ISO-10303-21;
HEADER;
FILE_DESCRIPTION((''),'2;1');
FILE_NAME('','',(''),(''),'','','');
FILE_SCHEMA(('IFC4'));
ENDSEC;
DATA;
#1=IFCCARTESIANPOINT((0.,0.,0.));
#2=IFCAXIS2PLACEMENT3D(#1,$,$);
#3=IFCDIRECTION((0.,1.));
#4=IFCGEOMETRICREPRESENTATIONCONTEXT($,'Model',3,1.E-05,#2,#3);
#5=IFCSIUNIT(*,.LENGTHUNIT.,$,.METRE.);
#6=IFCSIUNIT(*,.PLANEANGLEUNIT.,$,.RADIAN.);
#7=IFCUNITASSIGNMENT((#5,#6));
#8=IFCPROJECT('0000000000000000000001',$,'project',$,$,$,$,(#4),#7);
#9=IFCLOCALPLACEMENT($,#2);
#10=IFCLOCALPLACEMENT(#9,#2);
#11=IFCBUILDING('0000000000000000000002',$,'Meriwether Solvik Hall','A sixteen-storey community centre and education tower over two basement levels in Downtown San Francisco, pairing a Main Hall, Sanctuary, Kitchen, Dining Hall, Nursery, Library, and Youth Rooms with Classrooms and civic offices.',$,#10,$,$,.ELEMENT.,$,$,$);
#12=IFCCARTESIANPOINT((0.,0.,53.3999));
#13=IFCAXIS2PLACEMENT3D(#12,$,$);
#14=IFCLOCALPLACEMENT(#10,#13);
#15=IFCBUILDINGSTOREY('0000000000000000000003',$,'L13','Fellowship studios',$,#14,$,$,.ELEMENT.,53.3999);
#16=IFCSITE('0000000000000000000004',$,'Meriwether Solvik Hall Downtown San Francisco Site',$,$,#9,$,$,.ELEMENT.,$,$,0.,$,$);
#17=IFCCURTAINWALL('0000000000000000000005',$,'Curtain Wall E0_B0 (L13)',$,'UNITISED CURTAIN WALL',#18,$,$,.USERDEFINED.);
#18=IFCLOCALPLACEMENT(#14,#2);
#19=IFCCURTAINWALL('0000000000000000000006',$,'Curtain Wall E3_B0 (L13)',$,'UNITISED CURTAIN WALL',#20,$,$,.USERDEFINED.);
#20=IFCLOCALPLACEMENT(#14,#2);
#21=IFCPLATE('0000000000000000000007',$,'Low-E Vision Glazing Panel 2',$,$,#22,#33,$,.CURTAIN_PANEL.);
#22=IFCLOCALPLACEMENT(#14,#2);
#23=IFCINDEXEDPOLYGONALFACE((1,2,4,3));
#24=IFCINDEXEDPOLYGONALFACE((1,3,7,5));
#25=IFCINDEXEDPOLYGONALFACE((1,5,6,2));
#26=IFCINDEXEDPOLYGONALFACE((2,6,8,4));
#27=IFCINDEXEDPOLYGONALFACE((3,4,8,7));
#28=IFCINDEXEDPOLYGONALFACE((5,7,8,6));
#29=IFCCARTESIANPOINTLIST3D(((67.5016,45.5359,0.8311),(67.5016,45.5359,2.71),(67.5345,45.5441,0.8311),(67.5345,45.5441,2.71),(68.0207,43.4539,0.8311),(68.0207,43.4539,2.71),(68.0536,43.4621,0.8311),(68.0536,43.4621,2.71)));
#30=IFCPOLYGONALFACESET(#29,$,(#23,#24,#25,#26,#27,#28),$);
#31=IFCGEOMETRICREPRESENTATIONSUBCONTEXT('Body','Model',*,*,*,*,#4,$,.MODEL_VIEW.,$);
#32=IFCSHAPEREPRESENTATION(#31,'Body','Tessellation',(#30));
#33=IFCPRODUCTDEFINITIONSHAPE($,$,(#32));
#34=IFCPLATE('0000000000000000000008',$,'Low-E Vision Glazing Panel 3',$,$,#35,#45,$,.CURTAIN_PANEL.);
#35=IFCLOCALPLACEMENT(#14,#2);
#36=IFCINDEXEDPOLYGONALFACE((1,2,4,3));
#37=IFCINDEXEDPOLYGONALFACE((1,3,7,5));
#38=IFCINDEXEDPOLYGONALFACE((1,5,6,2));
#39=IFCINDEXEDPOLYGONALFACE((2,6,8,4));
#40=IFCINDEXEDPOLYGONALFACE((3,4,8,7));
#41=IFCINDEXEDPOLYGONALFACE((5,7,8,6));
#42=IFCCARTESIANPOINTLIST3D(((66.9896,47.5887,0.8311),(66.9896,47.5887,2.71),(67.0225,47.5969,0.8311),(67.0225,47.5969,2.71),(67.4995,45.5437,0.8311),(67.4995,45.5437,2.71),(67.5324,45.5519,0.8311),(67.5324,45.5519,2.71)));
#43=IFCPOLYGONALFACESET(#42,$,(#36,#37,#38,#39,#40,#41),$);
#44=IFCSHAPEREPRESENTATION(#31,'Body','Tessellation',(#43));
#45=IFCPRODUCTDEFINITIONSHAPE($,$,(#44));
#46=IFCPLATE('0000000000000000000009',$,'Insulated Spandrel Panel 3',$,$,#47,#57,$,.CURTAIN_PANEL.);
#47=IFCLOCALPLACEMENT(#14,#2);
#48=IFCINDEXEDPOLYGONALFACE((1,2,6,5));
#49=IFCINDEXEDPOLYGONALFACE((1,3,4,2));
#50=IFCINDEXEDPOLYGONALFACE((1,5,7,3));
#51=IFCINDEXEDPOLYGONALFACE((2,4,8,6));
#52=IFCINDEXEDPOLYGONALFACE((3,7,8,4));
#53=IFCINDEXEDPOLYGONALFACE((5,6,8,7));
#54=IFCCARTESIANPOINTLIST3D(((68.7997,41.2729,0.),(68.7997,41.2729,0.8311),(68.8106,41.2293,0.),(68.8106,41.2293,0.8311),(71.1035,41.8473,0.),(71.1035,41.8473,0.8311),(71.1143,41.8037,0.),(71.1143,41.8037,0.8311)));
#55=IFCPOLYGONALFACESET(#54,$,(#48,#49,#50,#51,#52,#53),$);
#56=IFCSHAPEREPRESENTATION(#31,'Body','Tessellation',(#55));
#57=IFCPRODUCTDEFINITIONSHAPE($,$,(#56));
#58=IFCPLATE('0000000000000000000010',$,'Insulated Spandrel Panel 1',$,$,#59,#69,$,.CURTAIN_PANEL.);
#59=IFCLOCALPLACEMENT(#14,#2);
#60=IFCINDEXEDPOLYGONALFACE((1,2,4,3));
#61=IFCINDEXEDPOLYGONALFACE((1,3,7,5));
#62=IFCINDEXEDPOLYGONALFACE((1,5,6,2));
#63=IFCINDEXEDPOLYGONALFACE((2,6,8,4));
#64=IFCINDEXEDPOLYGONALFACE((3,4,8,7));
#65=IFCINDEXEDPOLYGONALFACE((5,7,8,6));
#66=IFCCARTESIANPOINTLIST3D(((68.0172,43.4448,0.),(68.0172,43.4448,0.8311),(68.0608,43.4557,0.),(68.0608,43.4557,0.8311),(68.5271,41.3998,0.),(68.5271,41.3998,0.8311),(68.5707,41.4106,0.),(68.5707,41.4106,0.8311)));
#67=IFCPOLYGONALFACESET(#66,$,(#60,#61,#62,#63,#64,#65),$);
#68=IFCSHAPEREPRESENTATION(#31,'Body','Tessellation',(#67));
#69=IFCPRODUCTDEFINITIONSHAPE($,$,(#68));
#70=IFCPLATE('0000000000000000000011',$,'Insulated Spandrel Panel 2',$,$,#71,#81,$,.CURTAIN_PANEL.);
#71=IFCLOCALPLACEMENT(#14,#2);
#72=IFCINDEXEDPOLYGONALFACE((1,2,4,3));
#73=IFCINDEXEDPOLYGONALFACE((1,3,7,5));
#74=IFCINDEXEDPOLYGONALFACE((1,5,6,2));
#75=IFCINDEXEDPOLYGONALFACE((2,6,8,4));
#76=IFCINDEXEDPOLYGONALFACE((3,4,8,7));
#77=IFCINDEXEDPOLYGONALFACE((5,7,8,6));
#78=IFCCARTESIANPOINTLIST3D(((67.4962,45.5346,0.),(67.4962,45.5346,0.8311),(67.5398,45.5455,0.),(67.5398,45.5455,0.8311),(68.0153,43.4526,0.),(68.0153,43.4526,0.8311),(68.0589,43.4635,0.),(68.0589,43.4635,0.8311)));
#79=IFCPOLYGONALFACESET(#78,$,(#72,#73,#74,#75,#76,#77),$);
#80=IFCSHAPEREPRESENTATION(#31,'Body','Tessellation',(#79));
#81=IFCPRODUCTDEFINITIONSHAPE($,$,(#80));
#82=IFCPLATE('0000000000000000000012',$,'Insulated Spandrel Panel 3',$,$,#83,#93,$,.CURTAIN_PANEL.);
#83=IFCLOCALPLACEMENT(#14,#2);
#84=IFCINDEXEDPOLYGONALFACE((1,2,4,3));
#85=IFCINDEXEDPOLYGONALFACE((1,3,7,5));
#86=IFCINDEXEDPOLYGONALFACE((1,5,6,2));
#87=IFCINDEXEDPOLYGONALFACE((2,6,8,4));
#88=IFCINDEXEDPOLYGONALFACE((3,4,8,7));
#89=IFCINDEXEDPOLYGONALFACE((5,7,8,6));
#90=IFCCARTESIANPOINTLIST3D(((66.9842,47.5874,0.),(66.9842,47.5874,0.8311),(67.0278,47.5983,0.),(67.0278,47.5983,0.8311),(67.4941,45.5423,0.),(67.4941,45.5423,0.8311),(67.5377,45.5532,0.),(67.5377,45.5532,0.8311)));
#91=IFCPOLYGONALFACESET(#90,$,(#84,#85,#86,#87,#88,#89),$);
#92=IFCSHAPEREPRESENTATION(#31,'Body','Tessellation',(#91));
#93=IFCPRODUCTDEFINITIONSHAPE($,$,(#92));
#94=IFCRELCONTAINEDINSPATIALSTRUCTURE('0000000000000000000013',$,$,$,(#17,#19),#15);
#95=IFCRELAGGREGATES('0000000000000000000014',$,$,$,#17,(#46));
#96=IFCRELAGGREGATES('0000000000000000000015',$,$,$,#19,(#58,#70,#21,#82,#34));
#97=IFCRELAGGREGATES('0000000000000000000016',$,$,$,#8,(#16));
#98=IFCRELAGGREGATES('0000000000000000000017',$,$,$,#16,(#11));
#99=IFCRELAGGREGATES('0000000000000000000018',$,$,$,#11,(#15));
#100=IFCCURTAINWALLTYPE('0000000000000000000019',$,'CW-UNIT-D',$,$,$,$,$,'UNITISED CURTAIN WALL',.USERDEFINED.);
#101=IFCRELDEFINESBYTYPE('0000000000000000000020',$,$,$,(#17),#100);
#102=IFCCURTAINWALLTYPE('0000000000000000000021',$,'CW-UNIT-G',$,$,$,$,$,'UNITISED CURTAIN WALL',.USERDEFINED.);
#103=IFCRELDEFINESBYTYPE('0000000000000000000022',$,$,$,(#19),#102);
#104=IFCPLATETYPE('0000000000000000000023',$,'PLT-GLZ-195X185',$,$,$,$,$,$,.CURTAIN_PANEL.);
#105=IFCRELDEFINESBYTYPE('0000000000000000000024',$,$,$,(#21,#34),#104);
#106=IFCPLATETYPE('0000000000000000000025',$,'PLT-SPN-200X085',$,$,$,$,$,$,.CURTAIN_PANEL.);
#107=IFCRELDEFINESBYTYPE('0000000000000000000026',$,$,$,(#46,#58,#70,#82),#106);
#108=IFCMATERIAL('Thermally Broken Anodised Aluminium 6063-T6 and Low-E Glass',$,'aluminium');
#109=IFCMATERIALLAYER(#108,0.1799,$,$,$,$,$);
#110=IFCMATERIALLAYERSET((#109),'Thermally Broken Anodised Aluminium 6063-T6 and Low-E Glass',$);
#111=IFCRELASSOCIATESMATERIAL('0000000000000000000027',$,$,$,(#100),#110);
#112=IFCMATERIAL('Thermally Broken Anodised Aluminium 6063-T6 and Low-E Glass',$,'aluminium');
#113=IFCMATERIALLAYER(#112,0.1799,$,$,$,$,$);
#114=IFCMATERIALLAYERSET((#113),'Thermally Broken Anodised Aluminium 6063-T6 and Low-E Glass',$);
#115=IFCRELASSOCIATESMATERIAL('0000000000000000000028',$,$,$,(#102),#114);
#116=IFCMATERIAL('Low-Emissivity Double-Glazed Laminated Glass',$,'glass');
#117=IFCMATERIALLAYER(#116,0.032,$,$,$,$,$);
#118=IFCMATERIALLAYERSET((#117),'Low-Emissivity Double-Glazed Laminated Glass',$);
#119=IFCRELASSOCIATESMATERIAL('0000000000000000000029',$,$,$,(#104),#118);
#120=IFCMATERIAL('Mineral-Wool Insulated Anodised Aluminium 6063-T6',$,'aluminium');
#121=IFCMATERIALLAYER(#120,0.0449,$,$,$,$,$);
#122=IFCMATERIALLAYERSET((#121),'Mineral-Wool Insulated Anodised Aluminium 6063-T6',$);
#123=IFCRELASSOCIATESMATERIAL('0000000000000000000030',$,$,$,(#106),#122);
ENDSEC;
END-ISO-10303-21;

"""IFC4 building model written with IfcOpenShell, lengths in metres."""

from ifc_helpers import new_model, si_unit, direction, frame, origin, origin_2d, place, context, subcontext, project, spatial, rectangle, extrude, material, layer, layer_set, type_object, element, aggregate, save


model = new_model("IFC4")

# Units and contexts
model_context = context("Model", 3, precision=1e-05, world=origin(), true_north=direction((0.0, 1.0)))
body_context = subcontext(model_context, "Body", "Model", "MODEL_VIEW")
ifc_project = project(units=[si_unit("LENGTHUNIT", "METRE"), si_unit("PLANEANGLEUNIT", "RADIAN")], contexts=[model_context])

# Site, building, storey
site_placement = place(None, origin())
site = spatial("IfcSite", under=ifc_project, at=site_placement, Name="Meriwether Solvik Hall Downtown San Francisco Site", CompositionType="ELEMENT", RefElevation=0.0)
building_placement = place(site_placement, origin())
building = spatial("IfcBuilding", under=site, at=building_placement, Name="Meriwether Solvik Hall", Description="A sixteen-storey community centre and education tower over two basement levels in Downtown San Francisco, pairing a Main Hall, Sanctuary, Kitchen, Dining Hall, Nursery, Library, and Youth Rooms with Classrooms and civic offices.", CompositionType="ELEMENT")
storey_placement = place(building_placement, frame((0.0, 0.0, 53.3999)))
storey = spatial("IfcBuildingStorey", under=building, at=storey_placement, Name="L13", Description="Fellowship studios", CompositionType="ELEMENT", Elevation=53.3999)

# Curtain walls
ifc_material_1 = material(Name="Thermally Broken Anodised Aluminium 6063-T6 and Low-E Glass", Category="aluminium")
ifc_layer_1 = layer(ifc_material_1, 0.1799)
ifc_layer_set_1 = layer_set([ifc_layer_1], Name="Thermally Broken Anodised Aluminium 6063-T6 and Low-E Glass")
curtain_wall_type_1 = type_object("IfcCurtainWallType", Name="CW-UNIT-D", ElementType="UNITISED CURTAIN WALL", PredefinedType="USERDEFINED", material=ifc_layer_set_1)
curtain_wall_1_placement = place(storey_placement, origin())
curtain_wall_1 = element("IfcCurtainWall", 1, at=curtain_wall_1_placement, inside=storey, type_object=curtain_wall_type_1, Name="Curtain Wall E0_B0 (L13)", ObjectType="UNITISED CURTAIN WALL", PredefinedType="USERDEFINED")
ifc_material_2 = material(Name="Thermally Broken Anodised Aluminium 6063-T6 and Low-E Glass", Category="aluminium")
ifc_layer_2 = layer(ifc_material_2, 0.1799)
ifc_layer_set_2 = layer_set([ifc_layer_2], Name="Thermally Broken Anodised Aluminium 6063-T6 and Low-E Glass")
curtain_wall_type_2 = type_object("IfcCurtainWallType", Name="CW-UNIT-G", ElementType="UNITISED CURTAIN WALL", PredefinedType="USERDEFINED", material=ifc_layer_set_2)
curtain_wall_2_placement = place(storey_placement, origin())
curtain_wall_2 = element("IfcCurtainWall", 2, at=curtain_wall_2_placement, inside=storey, type_object=curtain_wall_type_2, Name="Curtain Wall E3_B0 (L13)", ObjectType="UNITISED CURTAIN WALL", PredefinedType="USERDEFINED")

# Plates
ifc_material_3 = material(Name="Low-Emissivity Double-Glazed Laminated Glass", Category="glass")
ifc_layer_3 = layer(ifc_material_3, 0.032)
ifc_layer_set_3 = layer_set([ifc_layer_3], Name="Low-Emissivity Double-Glazed Laminated Glass")
plate_type_1 = type_object("IfcPlateType", Name="PLT-GLZ-195X185", PredefinedType="CURTAIN_PANEL", material=ifc_layer_set_3)
plate_1_placement = place(storey_placement, frame((67.7776, 44.499, 0.8311), z_axis=(0.0, 0.0, 1.0), x_axis=(-0.241922, 0.970296, 0.0)))
plate_1 = element("IfcPlate", 3, at=plate_1_placement, type_object=plate_type_1, Name="Low-E Vision Glazing Panel 2", PredefinedType="CURTAIN_PANEL", context=body_context, shape_type="SweptSolid", body=[
    extrude(rectangle(XDim=2.1458, YDim=0.0339, at=origin_2d()), origin(), (0.0, 0.0, 1.0), 1.8789),
])
plate_2_placement = place(storey_placement, frame((67.261, 46.5703, 0.8311), z_axis=(0.0, 0.0, 1.0), x_axis=(-0.241922, 0.970296, 0.0)))
plate_2 = element("IfcPlate", 4, at=plate_2_placement, type_object=plate_type_1, Name="Low-E Vision Glazing Panel 3", PredefinedType="CURTAIN_PANEL", context=body_context, shape_type="SweptSolid", body=[
    extrude(rectangle(XDim=2.1077, YDim=0.0339, at=origin_2d()), origin(), (0.0, 0.0, 1.0), 1.8789),
])
ifc_material_4 = material(Name="Mineral-Wool Insulated Anodised Aluminium 6063-T6", Category="aluminium")
ifc_layer_4 = layer(ifc_material_4, 0.0449)
ifc_layer_set_4 = layer_set([ifc_layer_4], Name="Mineral-Wool Insulated Anodised Aluminium 6063-T6")
plate_type_2 = type_object("IfcPlateType", Name="PLT-SPN-200X085", PredefinedType="CURTAIN_PANEL", material=ifc_layer_set_4)
plate_3_placement = place(storey_placement, frame((69.957, 41.5383, 0.0), z_axis=(0.0, 0.0, 1.0), x_axis=(-0.970296, -0.241922, 0.0)))
plate_3 = element("IfcPlate", 5, at=plate_3_placement, type_object=plate_type_2, Name="Insulated Spandrel Panel 3", PredefinedType="CURTAIN_PANEL", context=body_context, shape_type="SweptSolid", body=[
    extrude(rectangle(XDim=2.3743, YDim=0.0449, at=origin_2d()), origin(), (0.0, 0.0, 1.0), 0.8311),
])
aggregate(curtain_wall_1, [plate_3])
plate_4_placement = place(storey_placement, frame((68.2939, 42.4277, 0.0), z_axis=(0.0, 0.0, 1.0), x_axis=(-0.241922, 0.970296, 0.0)))
plate_4 = element("IfcPlate", 6, at=plate_4_placement, type_object=plate_type_2, Name="Insulated Spandrel Panel 1", PredefinedType="CURTAIN_PANEL", context=body_context, shape_type="SweptSolid", body=[
    extrude(rectangle(XDim=2.1077, YDim=0.0449, at=origin_2d()), origin(), (0.0, 0.0, 1.0), 0.8311),
])
plate_5_placement = place(storey_placement, frame((67.7776, 44.499, 0.0), z_axis=(0.0, 0.0, 1.0), x_axis=(-0.241922, 0.970296, 0.0)))
plate_5 = element("IfcPlate", 7, at=plate_5_placement, type_object=plate_type_2, Name="Insulated Spandrel Panel 2", PredefinedType="CURTAIN_PANEL", context=body_context, shape_type="SweptSolid", body=[
    extrude(rectangle(XDim=2.1458, YDim=0.0449, at=origin_2d()), origin(), (0.0, 0.0, 1.0), 0.8311),
])
plate_6_placement = place(storey_placement, frame((67.261, 46.5703, 0.0), z_axis=(0.0, 0.0, 1.0), x_axis=(-0.241922, 0.970296, 0.0)))
plate_6 = element("IfcPlate", 8, at=plate_6_placement, type_object=plate_type_2, Name="Insulated Spandrel Panel 3", PredefinedType="CURTAIN_PANEL", context=body_context, shape_type="SweptSolid", body=[
    extrude(rectangle(XDim=2.1077, YDim=0.0449, at=origin_2d()), origin(), (0.0, 0.0, 1.0), 0.8311),
])
aggregate(curtain_wall_2, [plate_4, plate_5, plate_1, plate_6, plate_2])

save(model, "model.ifc")
